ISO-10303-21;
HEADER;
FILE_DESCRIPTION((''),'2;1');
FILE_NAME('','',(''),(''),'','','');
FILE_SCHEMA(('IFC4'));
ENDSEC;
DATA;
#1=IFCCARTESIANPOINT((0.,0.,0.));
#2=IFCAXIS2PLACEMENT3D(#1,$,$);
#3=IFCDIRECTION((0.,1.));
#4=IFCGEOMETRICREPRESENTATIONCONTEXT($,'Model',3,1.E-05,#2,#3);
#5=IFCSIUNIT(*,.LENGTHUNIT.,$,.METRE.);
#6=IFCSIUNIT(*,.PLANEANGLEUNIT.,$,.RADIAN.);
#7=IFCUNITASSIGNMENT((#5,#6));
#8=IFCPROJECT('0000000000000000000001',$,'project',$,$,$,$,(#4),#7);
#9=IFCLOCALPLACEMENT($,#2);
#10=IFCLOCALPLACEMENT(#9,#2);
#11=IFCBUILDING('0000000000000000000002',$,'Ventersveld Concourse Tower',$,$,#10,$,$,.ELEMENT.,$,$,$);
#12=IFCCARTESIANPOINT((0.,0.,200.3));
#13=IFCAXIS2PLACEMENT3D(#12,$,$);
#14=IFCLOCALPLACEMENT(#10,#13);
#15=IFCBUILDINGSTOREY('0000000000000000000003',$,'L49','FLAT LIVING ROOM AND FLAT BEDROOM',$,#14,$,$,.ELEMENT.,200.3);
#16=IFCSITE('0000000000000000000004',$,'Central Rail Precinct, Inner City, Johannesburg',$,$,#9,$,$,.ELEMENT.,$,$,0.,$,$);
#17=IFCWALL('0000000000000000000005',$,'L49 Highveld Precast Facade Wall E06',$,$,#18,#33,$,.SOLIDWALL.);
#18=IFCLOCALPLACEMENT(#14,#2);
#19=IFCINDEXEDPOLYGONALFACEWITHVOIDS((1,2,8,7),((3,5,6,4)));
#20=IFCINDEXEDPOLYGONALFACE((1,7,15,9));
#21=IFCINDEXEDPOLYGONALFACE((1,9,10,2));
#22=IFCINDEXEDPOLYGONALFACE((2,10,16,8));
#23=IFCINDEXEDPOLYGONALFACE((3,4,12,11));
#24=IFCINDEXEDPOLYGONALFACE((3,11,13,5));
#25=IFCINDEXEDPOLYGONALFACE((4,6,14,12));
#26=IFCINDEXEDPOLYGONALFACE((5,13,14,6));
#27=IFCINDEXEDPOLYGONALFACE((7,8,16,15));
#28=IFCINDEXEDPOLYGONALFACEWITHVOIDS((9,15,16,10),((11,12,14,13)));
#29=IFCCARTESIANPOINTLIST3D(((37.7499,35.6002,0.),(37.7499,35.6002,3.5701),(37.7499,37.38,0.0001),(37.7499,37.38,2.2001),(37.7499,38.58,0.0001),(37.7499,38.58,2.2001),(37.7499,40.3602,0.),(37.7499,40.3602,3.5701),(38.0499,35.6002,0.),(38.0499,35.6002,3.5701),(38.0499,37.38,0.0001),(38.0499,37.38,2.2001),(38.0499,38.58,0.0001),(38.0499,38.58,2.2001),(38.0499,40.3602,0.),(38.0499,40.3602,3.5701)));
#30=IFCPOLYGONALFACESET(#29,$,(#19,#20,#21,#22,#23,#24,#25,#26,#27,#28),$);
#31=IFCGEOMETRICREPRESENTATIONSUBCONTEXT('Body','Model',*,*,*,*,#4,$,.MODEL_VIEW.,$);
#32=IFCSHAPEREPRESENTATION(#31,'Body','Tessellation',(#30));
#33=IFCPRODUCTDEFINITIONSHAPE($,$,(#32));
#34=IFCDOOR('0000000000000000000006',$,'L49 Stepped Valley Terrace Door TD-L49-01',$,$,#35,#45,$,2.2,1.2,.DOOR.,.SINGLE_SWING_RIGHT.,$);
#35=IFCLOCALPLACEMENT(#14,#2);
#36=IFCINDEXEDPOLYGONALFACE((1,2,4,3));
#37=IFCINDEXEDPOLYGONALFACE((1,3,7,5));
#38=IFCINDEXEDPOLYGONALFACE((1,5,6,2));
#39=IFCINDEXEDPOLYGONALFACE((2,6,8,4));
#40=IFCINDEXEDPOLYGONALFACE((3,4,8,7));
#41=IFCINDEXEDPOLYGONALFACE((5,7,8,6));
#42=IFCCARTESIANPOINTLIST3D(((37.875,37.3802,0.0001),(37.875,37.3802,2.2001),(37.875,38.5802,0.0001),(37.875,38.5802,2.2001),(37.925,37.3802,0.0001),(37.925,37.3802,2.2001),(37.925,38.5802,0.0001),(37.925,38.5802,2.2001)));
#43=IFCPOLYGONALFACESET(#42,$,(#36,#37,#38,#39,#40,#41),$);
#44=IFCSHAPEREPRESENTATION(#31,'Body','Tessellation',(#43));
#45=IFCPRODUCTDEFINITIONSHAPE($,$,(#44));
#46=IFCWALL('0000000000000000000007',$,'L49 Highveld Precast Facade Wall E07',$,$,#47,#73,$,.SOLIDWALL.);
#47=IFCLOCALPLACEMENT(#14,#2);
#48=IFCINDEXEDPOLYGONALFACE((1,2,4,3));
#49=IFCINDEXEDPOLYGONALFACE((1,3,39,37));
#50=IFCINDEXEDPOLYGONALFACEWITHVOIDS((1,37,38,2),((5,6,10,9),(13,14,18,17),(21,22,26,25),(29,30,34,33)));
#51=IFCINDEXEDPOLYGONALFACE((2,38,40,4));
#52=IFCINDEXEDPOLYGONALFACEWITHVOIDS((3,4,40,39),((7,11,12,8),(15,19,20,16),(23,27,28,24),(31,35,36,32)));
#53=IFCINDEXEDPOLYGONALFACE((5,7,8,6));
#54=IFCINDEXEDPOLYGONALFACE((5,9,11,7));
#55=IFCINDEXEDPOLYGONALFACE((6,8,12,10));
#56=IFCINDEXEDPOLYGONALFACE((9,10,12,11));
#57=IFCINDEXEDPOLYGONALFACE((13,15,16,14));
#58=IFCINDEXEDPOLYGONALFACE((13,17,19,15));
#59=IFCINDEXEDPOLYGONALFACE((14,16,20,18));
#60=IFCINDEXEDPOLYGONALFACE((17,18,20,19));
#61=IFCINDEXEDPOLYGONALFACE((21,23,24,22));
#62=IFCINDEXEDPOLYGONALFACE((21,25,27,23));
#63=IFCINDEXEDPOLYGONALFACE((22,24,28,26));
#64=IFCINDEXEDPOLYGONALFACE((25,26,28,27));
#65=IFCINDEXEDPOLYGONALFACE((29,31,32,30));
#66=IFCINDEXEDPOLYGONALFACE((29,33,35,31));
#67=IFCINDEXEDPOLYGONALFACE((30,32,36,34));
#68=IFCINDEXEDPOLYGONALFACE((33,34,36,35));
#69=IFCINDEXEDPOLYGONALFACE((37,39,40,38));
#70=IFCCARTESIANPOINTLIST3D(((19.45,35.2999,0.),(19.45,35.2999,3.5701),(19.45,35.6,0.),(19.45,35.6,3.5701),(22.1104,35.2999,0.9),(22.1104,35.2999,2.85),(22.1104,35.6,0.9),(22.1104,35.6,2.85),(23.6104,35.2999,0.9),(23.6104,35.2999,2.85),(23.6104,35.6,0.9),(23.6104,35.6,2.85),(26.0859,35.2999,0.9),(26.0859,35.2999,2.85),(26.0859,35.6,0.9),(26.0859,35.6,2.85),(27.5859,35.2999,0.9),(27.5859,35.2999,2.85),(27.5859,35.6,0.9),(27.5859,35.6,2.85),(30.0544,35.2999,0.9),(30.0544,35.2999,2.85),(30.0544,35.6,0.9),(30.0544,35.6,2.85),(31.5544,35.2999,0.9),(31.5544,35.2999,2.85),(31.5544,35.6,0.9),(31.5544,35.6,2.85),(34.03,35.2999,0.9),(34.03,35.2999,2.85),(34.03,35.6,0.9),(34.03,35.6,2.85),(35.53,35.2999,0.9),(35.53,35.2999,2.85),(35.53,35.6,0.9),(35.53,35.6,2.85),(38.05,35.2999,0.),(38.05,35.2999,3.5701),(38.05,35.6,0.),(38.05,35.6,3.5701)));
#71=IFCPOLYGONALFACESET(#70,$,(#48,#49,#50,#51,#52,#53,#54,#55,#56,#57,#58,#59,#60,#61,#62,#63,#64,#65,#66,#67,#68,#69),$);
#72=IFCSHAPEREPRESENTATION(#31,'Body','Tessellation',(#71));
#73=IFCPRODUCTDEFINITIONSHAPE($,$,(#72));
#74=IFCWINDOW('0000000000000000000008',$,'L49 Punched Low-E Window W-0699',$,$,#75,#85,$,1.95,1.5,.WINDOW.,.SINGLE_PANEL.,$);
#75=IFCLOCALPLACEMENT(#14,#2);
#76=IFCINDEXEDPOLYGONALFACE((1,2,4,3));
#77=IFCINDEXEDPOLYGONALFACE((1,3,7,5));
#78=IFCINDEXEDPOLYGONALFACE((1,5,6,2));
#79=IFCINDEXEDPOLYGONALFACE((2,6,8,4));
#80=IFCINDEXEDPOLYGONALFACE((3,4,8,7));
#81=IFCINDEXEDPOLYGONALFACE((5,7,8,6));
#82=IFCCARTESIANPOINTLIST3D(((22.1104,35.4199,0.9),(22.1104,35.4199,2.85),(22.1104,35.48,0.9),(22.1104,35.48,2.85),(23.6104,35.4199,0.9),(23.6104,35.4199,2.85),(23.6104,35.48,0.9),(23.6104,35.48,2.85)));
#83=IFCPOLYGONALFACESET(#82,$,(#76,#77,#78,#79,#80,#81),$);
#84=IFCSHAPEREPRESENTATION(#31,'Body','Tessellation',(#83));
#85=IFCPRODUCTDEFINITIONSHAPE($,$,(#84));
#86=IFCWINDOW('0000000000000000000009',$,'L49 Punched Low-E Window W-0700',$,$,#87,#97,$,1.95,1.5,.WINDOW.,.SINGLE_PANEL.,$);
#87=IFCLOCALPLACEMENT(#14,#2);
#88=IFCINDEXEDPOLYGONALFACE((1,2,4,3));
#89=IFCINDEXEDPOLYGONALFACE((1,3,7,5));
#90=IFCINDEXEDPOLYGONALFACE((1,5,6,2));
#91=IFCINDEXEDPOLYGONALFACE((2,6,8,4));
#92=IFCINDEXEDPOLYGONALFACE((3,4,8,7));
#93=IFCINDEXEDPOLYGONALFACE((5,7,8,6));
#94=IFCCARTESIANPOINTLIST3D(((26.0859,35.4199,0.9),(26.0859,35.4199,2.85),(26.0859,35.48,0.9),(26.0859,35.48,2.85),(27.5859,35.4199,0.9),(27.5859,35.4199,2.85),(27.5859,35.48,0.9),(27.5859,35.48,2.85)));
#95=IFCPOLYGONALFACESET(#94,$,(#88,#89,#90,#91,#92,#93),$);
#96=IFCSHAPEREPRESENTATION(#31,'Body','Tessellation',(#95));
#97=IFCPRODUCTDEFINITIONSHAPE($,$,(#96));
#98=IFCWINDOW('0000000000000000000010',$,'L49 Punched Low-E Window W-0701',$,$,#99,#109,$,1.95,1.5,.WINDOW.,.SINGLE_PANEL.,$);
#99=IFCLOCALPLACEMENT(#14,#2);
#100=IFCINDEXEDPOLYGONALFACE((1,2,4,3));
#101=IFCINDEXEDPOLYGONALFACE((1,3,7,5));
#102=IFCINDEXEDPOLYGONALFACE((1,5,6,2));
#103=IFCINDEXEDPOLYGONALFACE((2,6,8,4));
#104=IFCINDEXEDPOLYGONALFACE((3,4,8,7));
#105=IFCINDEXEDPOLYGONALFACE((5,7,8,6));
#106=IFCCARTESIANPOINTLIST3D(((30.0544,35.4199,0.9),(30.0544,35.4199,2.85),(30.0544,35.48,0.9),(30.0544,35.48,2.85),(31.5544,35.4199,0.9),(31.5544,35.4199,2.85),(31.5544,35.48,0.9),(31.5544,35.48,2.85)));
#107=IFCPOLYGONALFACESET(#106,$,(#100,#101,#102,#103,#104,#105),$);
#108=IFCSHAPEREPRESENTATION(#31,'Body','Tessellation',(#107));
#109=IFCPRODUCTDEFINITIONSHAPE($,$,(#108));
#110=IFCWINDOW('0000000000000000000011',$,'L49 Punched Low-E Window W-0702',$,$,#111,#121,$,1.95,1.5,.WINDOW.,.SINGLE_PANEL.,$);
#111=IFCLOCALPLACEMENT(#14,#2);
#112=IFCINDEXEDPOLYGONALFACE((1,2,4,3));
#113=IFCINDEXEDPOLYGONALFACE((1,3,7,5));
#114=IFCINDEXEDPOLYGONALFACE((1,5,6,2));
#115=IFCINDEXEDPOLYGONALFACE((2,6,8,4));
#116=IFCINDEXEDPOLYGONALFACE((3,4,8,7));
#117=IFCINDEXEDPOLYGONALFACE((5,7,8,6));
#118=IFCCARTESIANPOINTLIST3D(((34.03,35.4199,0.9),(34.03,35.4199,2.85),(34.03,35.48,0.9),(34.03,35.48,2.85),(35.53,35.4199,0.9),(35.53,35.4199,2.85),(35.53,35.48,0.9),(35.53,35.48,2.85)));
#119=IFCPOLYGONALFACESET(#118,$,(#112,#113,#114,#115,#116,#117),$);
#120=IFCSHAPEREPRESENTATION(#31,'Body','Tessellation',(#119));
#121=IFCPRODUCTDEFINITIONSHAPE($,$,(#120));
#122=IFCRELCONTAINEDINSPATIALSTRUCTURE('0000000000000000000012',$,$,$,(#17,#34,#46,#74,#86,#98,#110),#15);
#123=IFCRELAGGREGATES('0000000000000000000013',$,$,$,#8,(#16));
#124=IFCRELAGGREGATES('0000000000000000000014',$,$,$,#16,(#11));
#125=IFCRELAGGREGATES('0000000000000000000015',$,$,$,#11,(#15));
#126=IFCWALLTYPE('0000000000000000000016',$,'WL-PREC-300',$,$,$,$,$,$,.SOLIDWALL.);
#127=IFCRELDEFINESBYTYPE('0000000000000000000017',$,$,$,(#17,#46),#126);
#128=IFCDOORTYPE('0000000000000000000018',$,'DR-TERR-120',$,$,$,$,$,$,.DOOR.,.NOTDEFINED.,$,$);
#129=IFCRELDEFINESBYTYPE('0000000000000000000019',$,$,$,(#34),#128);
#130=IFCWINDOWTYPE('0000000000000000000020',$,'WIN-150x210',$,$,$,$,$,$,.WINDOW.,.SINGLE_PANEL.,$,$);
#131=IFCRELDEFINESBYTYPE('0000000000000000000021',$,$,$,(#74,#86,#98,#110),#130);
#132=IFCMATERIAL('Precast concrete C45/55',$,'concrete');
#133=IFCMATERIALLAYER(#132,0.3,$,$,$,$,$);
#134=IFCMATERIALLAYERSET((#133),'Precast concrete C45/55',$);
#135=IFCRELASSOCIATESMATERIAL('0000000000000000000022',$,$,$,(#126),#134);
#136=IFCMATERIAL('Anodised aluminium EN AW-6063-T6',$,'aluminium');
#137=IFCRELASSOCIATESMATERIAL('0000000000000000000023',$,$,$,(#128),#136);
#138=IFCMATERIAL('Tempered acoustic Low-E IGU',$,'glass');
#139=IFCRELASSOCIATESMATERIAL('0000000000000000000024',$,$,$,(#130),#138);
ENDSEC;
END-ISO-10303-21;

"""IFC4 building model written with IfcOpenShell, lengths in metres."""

from ifc_helpers import new_model, si_unit, direction, frame, frame_2d, origin, place, context, subcontext, project, spatial, rectangle, extrude, material, layer, layer_set, type_object, element, fill, save


model = new_model("IFC4")

# Units and contexts
model_context = context("Model", 3, precision=1e-05, world=origin(), true_north=direction((0.0, 1.0)))
body_context = subcontext(model_context, "Body", "Model", "MODEL_VIEW")
ifc_project = project(units=[si_unit("LENGTHUNIT", "METRE"), si_unit("PLANEANGLEUNIT", "RADIAN")], contexts=[model_context])

# Site, building, storey
site_placement = place(None, origin())
site = spatial("IfcSite", under=ifc_project, at=site_placement, Name="Central Rail Precinct, Inner City, Johannesburg", CompositionType="ELEMENT", RefElevation=0.0)
building_placement = place(site_placement, origin())
building = spatial("IfcBuilding", under=site, at=building_placement, Name="Ventersveld Concourse Tower", CompositionType="ELEMENT")
storey_placement = place(building_placement, frame((0.0, 0.0, 200.3)))
storey = spatial("IfcBuildingStorey", under=building, at=storey_placement, Name="L49", Description="FLAT LIVING ROOM AND FLAT BEDROOM", CompositionType="ELEMENT", Elevation=200.3)

# Wall, opening, door
ifc_material_1 = material(Name="Precast concrete C45/55", Category="concrete")
ifc_layer_1 = layer(ifc_material_1, 0.3)
ifc_layer_set_1 = layer_set([ifc_layer_1], Name="Precast concrete C45/55")
wall_type_1 = type_object("IfcWallType", Name="WL-PREC-300", PredefinedType="SOLIDWALL", material=ifc_layer_set_1)
wall_1_placement = place(storey_placement, frame((37.8999, 40.3601, 0.0), z_axis=(0.0, 0.0, 1.0), x_axis=(0.0, -1.0, 0.0)))
wall_1 = element("IfcWall", 1, at=wall_1_placement, inside=storey, type_object=wall_type_1, Name="L49 Highveld Precast Facade Wall E06", PredefinedType="SOLIDWALL", context=body_context, shape_type="SweptSolid", body=[
    extrude(rectangle(XDim=4.76, YDim=0.3, at=frame_2d((2.3799, 0.0))), origin(), (0.0, 0.0, 1.0), 3.5701),
])
opening_1_placement = place(wall_1_placement, frame((1.78, 0.0, 0.0)))
opening_1 = element("IfcOpeningElement", 2, at=opening_1_placement, cuts=wall_1, PredefinedType="OPENING", context=body_context, shape_type="SweptSolid", body=[
    extrude(rectangle(XDim=1.2, YDim=2.2, at=frame_2d((0.6001, 1.1001))), frame((0.0, 0.1602, 0.0), z_axis=(0.0, -1.0, 0.0), x_axis=(1.0, 0.0, 0.0)), (0.0, 0.0, 1.0), 0.3201),
])
ifc_material_2 = material(Name="Anodised aluminium EN AW-6063-T6", Category="aluminium")
door_type_1 = type_object("IfcDoorType", Name="DR-TERR-120", OperationType="NOTDEFINED", PredefinedType="DOOR", material=ifc_material_2)
door_1_placement = place(opening_1_placement, frame((1.2, 0.0, 0.0), z_axis=(0.0, 0.0, 1.0), x_axis=(-1.0, 0.0, 0.0)))
door_1 = element("IfcDoor", 3, at=door_1_placement, inside=storey, type_object=door_type_1, Name="L49 Stepped Valley Terrace Door TD-L49-01", OperationType="SINGLE_SWING_RIGHT", OverallHeight=2.2, OverallWidth=1.2, PredefinedType="DOOR", context=body_context, shape_type="SweptSolid", body=[
    extrude(rectangle(XDim=1.2, YDim=2.2, at=frame_2d((0.6001, 1.1001))), frame((0.0, 0.0249, 0.0), z_axis=(0.0, -1.0, 0.0), x_axis=(1.0, 0.0, 0.0)), (0.0, 0.0, 1.0), 0.05),
])
fill(opening_1, door_1)

# Wall, openings, windows
wall_2_placement = place(storey_placement, frame((38.05, 35.45, 0.0), z_axis=(0.0, 0.0, 1.0), x_axis=(-1.0, 0.0, 0.0)))
wall_2 = element("IfcWall", 4, at=wall_2_placement, inside=storey, type_object=wall_type_1, Name="L49 Highveld Precast Facade Wall E07", PredefinedType="SOLIDWALL", context=body_context, shape_type="SweptSolid", body=[
    extrude(rectangle(XDim=18.6001, YDim=0.3, at=frame_2d((9.3, 0.0))), origin(), (0.0, 0.0, 1.0), 3.5701),
])
opening_2_placement = place(wall_2_placement, frame((14.4397, 0.0, 0.8999)))
opening_2 = element("IfcOpeningElement", 5, at=opening_2_placement, cuts=wall_2, PredefinedType="OPENING", context=body_context, shape_type="SweptSolid", body=[
    extrude(rectangle(XDim=1.5, YDim=1.95, at=frame_2d((0.75, 0.9751))), frame((0.0, 0.1602, 0.0), z_axis=(0.0, -1.0, 0.0), x_axis=(1.0, 0.0, 0.0)), (0.0, 0.0, 1.0), 0.3201),
])
opening_3_placement = place(wall_2_placement, frame((10.4641, 0.0, 0.8999)))
opening_3 = element("IfcOpeningElement", 6, at=opening_3_placement, cuts=wall_2, PredefinedType="OPENING", context=body_context, shape_type="SweptSolid", body=[
    extrude(rectangle(XDim=1.5, YDim=1.95, at=frame_2d((0.75, 0.9751))), frame((0.0, 0.1602, 0.0), z_axis=(0.0, -1.0, 0.0), x_axis=(1.0, 0.0, 0.0)), (0.0, 0.0, 1.0), 0.3201),
])
opening_4_placement = place(wall_2_placement, frame((6.4956, 0.0, 0.8999)))
opening_4 = element("IfcOpeningElement", 7, at=opening_4_placement, cuts=wall_2, PredefinedType="OPENING", context=body_context, shape_type="SweptSolid", body=[
    extrude(rectangle(XDim=1.5, YDim=1.95, at=frame_2d((0.75, 0.9751))), frame((0.0, 0.1602, 0.0), z_axis=(0.0, -1.0, 0.0), x_axis=(1.0, 0.0, 0.0)), (0.0, 0.0, 1.0), 0.3201),
])
opening_5_placement = place(wall_2_placement, frame((2.52, 0.0, 0.8999)))
opening_5 = element("IfcOpeningElement", 8, at=opening_5_placement, cuts=wall_2, PredefinedType="OPENING", context=body_context, shape_type="SweptSolid", body=[
    extrude(rectangle(XDim=1.5, YDim=1.95, at=frame_2d((0.75, 0.9751))), frame((0.0, 0.1602, 0.0), z_axis=(0.0, -1.0, 0.0), x_axis=(1.0, 0.0, 0.0)), (0.0, 0.0, 1.0), 0.3201),
])
ifc_material_3 = material(Name="Tempered acoustic Low-E IGU", Category="glass")
window_type = type_object("IfcWindowType", Name="WIN-150x210", PartitioningType="SINGLE_PANEL", PredefinedType="WINDOW", material=ifc_material_3)
window_1_placement = place(opening_2_placement, origin())
window_1 = element("IfcWindow", 9, at=window_1_placement, inside=storey, type_object=window_type, Name="L49 Punched Low-E Window W-0699", OverallHeight=1.95, OverallWidth=1.5, PartitioningType="SINGLE_PANEL", PredefinedType="WINDOW", context=body_context, shape_type="SweptSolid", body=[
    extrude(rectangle(XDim=1.5, YDim=1.95, at=frame_2d((0.75, 0.9751))), frame((0.0, 0.03, 0.0), z_axis=(0.0, -1.0, 0.0), x_axis=(1.0, 0.0, 0.0)), (0.0, 0.0, 1.0), 0.0601),
])
fill(opening_2, window_1)
window_2_placement = place(opening_3_placement, origin())
window_2 = element("IfcWindow", 10, at=window_2_placement, inside=storey, type_object=window_type, Name="L49 Punched Low-E Window W-0700", OverallHeight=1.95, OverallWidth=1.5, PartitioningType="SINGLE_PANEL", PredefinedType="WINDOW", context=body_context, shape_type="SweptSolid", body=[
    extrude(rectangle(XDim=1.5, YDim=1.95, at=frame_2d((0.75, 0.9751))), frame((0.0, 0.03, 0.0), z_axis=(0.0, -1.0, 0.0), x_axis=(1.0, 0.0, 0.0)), (0.0, 0.0, 1.0), 0.0601),
])
fill(opening_3, window_2)
window_3_placement = place(opening_4_placement, origin())
window_3 = element("IfcWindow", 11, at=window_3_placement, inside=storey, type_object=window_type, Name="L49 Punched Low-E Window W-0701", OverallHeight=1.95, OverallWidth=1.5, PartitioningType="SINGLE_PANEL", PredefinedType="WINDOW", context=body_context, shape_type="SweptSolid", body=[
    extrude(rectangle(XDim=1.5, YDim=1.95, at=frame_2d((0.75, 0.9751))), frame((0.0, 0.03, 0.0), z_axis=(0.0, -1.0, 0.0), x_axis=(1.0, 0.0, 0.0)), (0.0, 0.0, 1.0), 0.0601),
])
fill(opening_4, window_3)
window_4_placement = place(opening_5_placement, origin())
window_4 = element("IfcWindow", 12, at=window_4_placement, inside=storey, type_object=window_type, Name="L49 Punched Low-E Window W-0702", OverallHeight=1.95, OverallWidth=1.5, PartitioningType="SINGLE_PANEL", PredefinedType="WINDOW", context=body_context, shape_type="SweptSolid", body=[
    extrude(rectangle(XDim=1.5, YDim=1.95, at=frame_2d((0.75, 0.9751))), frame((0.0, 0.03, 0.0), z_axis=(0.0, -1.0, 0.0), x_axis=(1.0, 0.0, 0.0)), (0.0, 0.0, 1.0), 0.0601),
])
fill(opening_5, window_4)

save(model, "model.ifc")
